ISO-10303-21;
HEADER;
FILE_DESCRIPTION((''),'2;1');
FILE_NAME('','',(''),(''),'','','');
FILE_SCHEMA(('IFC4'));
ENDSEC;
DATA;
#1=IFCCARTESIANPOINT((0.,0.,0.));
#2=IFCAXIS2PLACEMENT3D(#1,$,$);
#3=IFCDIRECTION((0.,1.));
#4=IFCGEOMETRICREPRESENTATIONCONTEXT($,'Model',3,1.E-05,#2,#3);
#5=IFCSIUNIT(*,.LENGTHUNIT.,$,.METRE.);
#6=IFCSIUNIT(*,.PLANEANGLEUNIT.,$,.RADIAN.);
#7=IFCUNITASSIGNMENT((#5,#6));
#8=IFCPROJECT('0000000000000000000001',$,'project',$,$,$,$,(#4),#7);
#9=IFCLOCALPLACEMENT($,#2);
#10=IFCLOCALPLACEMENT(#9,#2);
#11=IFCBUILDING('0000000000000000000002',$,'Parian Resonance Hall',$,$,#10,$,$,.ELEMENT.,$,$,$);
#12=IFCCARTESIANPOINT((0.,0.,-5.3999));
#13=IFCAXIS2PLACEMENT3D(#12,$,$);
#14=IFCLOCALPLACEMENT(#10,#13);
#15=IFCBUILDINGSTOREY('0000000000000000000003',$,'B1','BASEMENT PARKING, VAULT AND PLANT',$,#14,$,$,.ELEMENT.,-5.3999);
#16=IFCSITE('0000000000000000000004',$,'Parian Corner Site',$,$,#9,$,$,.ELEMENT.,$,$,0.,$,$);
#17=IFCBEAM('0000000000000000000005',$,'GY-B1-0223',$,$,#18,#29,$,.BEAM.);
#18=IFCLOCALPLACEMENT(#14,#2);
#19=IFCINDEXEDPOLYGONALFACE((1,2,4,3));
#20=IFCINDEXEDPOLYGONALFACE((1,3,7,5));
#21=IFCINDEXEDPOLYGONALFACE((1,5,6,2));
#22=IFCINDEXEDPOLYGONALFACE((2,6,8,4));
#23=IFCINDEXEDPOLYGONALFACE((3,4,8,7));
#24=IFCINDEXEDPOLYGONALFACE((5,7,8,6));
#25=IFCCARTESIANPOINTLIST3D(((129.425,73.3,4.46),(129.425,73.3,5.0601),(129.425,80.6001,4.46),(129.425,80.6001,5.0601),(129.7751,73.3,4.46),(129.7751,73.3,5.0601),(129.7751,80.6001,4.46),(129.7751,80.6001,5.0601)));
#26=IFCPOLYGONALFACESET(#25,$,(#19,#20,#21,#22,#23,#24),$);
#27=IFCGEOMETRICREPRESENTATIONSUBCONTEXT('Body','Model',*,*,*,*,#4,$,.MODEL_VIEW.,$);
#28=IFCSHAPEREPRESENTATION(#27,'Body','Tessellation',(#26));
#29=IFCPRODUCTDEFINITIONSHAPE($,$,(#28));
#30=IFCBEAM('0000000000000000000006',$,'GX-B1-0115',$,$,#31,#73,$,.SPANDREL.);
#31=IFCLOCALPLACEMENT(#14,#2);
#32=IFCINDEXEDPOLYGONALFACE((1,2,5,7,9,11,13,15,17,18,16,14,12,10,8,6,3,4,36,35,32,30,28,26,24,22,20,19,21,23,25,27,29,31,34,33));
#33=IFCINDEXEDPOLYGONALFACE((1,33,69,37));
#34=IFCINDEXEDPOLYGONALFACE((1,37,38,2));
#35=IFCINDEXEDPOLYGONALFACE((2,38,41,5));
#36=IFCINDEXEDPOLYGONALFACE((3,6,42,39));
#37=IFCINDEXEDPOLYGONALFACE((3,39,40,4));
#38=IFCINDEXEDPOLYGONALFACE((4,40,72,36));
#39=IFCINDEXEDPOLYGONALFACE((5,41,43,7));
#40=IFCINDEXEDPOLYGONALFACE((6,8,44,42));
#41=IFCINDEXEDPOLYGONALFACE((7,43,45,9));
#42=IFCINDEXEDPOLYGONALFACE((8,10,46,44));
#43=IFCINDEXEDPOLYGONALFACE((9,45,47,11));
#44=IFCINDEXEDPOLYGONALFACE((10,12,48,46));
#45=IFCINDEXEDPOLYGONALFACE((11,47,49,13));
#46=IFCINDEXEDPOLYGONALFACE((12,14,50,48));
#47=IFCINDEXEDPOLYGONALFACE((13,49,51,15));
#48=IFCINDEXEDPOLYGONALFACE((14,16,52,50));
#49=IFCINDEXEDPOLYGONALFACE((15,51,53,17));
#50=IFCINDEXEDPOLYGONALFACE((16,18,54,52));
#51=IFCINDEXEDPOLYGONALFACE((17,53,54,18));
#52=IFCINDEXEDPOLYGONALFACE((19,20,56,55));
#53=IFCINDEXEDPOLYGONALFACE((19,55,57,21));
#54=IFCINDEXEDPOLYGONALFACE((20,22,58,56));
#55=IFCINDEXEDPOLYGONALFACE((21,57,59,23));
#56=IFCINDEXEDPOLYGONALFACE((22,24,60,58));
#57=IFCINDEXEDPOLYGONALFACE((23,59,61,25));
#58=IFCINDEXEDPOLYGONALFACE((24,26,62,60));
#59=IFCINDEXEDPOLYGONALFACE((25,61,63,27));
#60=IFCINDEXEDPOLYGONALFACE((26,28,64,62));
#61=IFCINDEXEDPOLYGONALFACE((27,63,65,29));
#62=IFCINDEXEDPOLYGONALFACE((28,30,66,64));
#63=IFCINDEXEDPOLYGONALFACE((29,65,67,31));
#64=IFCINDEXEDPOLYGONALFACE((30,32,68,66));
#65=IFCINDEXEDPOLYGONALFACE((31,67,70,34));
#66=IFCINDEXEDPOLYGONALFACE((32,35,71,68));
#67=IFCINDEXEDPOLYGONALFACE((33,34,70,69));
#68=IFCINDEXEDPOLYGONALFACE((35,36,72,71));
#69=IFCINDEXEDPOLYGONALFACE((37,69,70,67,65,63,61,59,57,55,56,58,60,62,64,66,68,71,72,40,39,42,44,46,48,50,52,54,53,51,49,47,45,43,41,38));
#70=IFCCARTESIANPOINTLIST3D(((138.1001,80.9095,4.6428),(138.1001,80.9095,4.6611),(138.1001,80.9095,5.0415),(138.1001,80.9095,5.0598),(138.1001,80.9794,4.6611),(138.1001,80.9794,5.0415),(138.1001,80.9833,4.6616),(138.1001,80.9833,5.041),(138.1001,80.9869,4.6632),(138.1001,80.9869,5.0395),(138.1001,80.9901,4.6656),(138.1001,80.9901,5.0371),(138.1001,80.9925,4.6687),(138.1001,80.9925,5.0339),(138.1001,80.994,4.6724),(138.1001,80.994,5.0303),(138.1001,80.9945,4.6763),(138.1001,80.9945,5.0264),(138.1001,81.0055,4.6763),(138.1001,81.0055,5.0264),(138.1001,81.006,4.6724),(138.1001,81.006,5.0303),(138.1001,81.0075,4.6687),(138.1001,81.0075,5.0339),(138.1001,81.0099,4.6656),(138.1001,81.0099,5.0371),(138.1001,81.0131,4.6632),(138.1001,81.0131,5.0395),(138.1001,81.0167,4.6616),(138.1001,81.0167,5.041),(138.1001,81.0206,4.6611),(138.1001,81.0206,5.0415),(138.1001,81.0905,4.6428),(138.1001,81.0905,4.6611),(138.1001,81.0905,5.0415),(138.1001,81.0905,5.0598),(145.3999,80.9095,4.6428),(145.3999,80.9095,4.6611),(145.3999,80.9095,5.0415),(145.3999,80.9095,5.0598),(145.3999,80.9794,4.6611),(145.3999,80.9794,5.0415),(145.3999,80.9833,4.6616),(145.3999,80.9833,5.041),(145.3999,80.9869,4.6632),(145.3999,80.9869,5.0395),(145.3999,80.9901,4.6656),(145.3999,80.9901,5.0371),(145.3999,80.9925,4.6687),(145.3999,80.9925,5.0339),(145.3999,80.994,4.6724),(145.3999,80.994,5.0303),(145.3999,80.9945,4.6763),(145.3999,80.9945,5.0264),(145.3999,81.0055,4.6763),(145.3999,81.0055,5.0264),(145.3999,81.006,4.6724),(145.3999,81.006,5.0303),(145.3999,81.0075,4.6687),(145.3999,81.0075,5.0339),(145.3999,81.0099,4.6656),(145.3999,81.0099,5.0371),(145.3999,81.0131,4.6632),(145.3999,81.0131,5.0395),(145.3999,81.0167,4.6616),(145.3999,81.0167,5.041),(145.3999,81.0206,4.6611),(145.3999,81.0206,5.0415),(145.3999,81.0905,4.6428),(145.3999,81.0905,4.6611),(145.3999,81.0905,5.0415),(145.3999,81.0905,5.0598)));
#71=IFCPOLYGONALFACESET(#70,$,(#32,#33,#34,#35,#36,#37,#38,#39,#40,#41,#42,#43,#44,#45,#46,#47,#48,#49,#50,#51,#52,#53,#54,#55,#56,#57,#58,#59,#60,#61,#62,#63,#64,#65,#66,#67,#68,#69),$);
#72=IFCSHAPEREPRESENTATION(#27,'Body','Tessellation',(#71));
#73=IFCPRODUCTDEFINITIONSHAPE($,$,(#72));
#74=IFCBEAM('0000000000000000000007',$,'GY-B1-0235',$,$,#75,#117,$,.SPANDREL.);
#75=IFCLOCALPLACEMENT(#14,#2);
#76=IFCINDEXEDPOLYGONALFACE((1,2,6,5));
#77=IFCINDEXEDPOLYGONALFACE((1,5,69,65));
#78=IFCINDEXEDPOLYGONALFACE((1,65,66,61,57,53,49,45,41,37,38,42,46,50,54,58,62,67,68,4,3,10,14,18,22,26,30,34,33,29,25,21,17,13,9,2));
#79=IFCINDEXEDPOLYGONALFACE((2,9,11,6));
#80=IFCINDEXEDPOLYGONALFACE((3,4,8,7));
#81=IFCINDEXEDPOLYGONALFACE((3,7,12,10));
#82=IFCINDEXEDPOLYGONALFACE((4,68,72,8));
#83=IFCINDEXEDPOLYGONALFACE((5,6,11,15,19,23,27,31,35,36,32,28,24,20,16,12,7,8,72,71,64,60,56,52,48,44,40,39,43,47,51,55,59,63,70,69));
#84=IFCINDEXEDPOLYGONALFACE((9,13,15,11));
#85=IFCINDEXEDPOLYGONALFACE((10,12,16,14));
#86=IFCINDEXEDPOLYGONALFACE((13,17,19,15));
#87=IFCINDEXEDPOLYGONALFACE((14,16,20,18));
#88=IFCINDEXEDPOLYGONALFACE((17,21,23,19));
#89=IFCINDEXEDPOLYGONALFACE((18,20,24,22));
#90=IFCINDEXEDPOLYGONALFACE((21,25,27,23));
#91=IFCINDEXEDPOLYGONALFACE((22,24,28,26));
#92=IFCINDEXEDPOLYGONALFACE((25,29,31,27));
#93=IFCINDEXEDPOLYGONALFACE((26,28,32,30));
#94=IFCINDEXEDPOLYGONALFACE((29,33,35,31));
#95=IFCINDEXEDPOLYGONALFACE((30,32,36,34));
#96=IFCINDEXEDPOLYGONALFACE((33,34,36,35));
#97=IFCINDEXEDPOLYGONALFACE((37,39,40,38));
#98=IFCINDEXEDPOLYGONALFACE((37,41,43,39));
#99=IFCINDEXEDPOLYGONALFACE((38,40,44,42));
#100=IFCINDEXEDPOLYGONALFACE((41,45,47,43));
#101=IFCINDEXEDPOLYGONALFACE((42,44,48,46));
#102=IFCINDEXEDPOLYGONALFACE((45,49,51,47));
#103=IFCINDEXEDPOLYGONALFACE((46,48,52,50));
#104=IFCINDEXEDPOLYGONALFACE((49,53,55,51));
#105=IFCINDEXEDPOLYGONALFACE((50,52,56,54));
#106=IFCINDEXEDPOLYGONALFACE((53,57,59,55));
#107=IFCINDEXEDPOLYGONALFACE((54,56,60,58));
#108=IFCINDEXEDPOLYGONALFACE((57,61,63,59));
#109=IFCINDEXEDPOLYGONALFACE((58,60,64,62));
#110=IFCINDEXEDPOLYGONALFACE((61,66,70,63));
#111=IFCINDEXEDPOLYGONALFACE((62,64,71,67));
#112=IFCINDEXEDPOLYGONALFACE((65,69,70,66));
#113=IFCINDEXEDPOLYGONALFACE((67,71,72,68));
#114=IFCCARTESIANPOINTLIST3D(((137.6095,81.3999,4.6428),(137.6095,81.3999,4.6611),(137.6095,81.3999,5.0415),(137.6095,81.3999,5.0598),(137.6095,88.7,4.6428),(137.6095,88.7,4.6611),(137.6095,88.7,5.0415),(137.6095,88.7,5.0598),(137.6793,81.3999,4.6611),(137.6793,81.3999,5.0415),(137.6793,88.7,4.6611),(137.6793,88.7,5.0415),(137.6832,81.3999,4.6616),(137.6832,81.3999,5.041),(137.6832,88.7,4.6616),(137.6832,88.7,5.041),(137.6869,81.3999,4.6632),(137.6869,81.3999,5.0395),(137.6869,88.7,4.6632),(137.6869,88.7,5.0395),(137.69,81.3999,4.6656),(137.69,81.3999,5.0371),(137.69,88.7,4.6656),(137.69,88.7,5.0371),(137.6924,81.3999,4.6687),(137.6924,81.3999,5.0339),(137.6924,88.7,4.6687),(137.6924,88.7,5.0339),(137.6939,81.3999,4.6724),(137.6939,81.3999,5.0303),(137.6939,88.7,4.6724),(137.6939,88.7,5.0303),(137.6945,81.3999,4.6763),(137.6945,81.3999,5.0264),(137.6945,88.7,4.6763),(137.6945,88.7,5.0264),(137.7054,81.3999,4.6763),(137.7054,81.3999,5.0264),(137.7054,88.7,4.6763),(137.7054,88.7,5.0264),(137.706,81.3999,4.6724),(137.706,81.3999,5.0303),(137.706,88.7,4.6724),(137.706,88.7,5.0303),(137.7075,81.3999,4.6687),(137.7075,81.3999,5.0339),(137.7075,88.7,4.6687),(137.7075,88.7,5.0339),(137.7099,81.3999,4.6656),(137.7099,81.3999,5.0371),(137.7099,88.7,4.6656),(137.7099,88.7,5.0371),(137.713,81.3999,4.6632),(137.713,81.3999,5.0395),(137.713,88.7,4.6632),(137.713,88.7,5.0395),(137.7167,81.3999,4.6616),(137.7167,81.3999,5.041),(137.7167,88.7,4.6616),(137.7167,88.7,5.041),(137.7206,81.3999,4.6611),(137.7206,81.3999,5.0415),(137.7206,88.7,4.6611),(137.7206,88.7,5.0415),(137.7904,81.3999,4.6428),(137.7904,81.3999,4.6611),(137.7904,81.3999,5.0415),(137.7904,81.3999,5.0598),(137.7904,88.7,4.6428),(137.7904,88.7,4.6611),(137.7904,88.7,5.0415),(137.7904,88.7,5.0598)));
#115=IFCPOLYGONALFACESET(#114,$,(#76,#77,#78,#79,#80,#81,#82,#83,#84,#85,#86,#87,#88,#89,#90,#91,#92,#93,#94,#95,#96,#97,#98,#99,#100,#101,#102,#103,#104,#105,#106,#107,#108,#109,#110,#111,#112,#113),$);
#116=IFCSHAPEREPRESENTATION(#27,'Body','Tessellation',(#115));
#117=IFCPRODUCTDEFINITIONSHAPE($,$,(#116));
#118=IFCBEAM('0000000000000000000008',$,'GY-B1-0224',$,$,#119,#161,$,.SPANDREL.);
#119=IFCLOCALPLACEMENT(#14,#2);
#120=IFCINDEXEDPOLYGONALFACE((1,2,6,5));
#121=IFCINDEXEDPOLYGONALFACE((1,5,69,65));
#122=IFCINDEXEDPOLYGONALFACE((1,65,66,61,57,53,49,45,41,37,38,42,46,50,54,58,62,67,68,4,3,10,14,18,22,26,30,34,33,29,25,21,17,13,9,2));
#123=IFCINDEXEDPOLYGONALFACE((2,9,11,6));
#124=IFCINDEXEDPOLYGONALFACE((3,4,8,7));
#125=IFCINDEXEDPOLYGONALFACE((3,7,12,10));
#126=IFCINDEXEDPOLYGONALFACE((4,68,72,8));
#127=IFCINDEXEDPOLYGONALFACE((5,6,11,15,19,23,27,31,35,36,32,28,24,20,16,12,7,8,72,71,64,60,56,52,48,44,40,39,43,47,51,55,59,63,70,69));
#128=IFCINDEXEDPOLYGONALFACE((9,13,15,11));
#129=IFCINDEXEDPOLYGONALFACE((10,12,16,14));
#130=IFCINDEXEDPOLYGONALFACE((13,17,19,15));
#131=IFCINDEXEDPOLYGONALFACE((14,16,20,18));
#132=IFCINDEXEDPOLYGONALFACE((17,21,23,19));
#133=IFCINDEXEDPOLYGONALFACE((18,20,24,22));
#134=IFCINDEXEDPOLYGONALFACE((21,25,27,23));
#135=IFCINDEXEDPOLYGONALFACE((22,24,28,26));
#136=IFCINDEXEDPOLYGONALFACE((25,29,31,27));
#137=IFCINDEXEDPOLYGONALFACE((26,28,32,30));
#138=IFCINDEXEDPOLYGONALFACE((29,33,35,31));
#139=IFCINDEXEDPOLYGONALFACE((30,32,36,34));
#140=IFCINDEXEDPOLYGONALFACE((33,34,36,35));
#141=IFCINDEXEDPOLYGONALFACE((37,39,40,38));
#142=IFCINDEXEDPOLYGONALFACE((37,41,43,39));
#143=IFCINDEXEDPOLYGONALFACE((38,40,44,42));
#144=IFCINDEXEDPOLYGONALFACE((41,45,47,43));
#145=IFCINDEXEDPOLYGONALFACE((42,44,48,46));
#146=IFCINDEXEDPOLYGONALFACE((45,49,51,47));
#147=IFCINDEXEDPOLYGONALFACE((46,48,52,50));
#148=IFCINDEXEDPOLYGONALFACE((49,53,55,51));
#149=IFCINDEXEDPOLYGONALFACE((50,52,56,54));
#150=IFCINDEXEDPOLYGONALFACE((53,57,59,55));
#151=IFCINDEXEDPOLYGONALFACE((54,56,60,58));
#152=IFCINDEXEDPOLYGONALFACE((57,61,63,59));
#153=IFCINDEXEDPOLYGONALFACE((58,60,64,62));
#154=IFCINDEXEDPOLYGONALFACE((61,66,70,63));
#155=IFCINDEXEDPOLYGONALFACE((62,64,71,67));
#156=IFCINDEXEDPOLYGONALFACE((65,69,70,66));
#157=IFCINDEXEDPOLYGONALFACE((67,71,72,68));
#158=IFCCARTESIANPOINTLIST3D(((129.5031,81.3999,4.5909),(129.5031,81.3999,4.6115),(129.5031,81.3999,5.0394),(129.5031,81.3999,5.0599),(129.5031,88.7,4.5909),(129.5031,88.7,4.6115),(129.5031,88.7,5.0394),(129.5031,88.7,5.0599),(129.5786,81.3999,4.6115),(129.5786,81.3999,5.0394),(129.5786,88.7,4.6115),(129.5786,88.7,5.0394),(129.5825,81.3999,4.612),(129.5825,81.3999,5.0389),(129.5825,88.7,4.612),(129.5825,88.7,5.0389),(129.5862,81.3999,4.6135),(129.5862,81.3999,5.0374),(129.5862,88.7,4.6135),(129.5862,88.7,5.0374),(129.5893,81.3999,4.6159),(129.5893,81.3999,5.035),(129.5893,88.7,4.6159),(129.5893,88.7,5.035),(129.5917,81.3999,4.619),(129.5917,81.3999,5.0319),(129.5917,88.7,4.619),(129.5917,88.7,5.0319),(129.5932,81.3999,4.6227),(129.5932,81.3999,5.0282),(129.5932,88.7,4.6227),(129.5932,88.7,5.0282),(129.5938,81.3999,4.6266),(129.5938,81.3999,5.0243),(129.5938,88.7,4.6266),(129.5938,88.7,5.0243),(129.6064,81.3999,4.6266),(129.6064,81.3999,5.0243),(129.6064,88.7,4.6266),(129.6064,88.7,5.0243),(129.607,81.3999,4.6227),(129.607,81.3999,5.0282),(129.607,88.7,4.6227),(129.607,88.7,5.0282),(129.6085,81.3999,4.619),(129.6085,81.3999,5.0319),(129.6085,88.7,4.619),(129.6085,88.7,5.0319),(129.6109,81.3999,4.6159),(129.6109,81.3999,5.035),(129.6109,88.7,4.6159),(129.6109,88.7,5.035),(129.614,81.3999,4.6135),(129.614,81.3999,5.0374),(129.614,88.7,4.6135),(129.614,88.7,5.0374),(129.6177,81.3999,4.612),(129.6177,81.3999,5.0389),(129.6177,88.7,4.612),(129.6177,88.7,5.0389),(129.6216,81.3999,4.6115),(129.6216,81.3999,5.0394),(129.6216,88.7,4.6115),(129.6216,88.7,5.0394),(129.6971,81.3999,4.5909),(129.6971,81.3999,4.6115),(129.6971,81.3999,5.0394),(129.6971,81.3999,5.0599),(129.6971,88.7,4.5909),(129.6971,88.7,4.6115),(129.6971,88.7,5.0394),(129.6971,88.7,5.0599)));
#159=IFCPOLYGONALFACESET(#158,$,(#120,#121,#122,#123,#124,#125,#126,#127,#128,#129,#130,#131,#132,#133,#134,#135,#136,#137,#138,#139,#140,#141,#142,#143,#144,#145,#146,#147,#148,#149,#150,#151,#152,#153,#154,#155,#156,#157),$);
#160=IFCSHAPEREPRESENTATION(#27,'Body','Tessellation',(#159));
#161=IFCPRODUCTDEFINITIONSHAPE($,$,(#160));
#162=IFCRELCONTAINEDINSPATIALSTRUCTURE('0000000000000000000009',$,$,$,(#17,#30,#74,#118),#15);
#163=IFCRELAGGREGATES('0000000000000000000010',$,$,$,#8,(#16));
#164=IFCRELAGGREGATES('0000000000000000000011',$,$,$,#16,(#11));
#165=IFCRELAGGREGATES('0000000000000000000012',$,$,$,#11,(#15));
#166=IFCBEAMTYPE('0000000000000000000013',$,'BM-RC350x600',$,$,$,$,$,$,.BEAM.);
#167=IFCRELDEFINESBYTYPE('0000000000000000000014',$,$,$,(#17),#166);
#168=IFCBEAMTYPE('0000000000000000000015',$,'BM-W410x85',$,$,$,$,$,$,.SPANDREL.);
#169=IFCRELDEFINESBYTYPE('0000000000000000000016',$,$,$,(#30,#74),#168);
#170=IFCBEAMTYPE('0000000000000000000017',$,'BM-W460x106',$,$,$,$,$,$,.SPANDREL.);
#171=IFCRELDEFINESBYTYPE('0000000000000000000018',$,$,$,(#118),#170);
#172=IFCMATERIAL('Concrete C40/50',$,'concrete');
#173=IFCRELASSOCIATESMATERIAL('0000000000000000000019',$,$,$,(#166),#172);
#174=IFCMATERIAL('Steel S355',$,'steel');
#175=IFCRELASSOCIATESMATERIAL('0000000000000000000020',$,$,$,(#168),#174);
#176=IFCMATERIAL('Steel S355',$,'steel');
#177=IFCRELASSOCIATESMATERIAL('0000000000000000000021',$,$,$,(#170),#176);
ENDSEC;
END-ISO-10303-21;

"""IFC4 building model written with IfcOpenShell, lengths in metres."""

from ifc_helpers import new_model, si_unit, direction, frame, origin, origin_2d, place, context, subcontext, project, spatial, rectangle, i_section, extrude, material, material_profile, profile_set, type_object, element, save


model = new_model("IFC4")

# Units and contexts
model_context = context("Model", 3, precision=1e-05, world=origin(), true_north=direction((0.0, 1.0)))
body_context = subcontext(model_context, "Body", "Model", "MODEL_VIEW")
ifc_project = project(units=[si_unit("LENGTHUNIT", "METRE"), si_unit("PLANEANGLEUNIT", "RADIAN")], contexts=[model_context])

# Site, building, storey
site_placement = place(None, origin())
site = spatial("IfcSite", under=ifc_project, at=site_placement, Name="Parian Corner Site", CompositionType="ELEMENT", RefElevation=0.0)
building_placement = place(site_placement, origin())
building = spatial("IfcBuilding", under=site, at=building_placement, Name="Parian Resonance Hall", CompositionType="ELEMENT")
storey_placement = place(building_placement, frame((0.0, 0.0, -5.3999)))
storey = spatial("IfcBuildingStorey", under=building, at=storey_placement, Name="B1", Description="BASEMENT PARKING, VAULT AND PLANT", CompositionType="ELEMENT", Elevation=-5.3999)

# Beams
ifc_material_1 = material(Name="Concrete C40/50", Category="concrete")
ifc_material_profile_1 = material_profile(ifc_material_1, rectangle(XDim=0.3501, YDim=0.6001, at=origin_2d()), Name="RC-BM-350x600")
ifc_profile_set_1 = profile_set([ifc_material_profile_1], Name="Concrete C40/50")
beam_type_1 = type_object("IfcBeamType", Name="BM-RC350x600", PredefinedType="BEAM", material=ifc_profile_set_1)
beam_1_placement = place(storey_placement, frame((129.6001, 73.3, 4.76), z_axis=(0.0, 1.0, 0.0), x_axis=(-1.0, 0.0, 0.0)))
element("IfcBeam", 1, at=beam_1_placement, inside=storey, type_object=beam_type_1, Name="GY-B1-0223", PredefinedType="BEAM", context=body_context, shape_type="SweptSolid", body=[
    extrude(rectangle(XDim=0.3501, YDim=0.6001, at=origin_2d()), origin(), (0.0, 0.0, 1.0), 7.3),
])
ifc_material_2 = material(Name="Steel S355", Category="steel")
ifc_material_profile_2 = material_profile(ifc_material_2, i_section(OverallWidth=0.1809, OverallDepth=0.417, WebThickness=0.011, FlangeThickness=0.0183, FilletRadius=0.0151, at=origin_2d()), Name="W410x85")
ifc_profile_set_2 = profile_set([ifc_material_profile_2], Name="Steel S355")
beam_type_2 = type_object("IfcBeamType", Name="BM-W410x85", PredefinedType="SPANDREL", material=ifc_profile_set_2)
beam_2_placement = place(storey_placement, frame((138.1001, 81.0, 4.8513), z_axis=(1.0, 0.0, 0.0), x_axis=(0.0, 1.0, 0.0)))
element("IfcBeam", 2, at=beam_2_placement, inside=storey, type_object=beam_type_2, Name="GX-B1-0115", PredefinedType="SPANDREL", context=body_context, shape_type="SweptSolid", body=[
    extrude(i_section(OverallWidth=0.1809, OverallDepth=0.417, WebThickness=0.011, FlangeThickness=0.0183, FilletRadius=0.0151, at=origin_2d()), origin(), (0.0, 0.0, 1.0), 7.2998),
])
beam_3_placement = place(storey_placement, frame((137.7, 81.3999, 4.8513), z_axis=(0.0, 1.0, 0.0), x_axis=(-1.0, 0.0, 0.0)))
element("IfcBeam", 3, at=beam_3_placement, inside=storey, type_object=beam_type_2, Name="GY-B1-0235", PredefinedType="SPANDREL", context=body_context, shape_type="SweptSolid", body=[
    extrude(i_section(OverallWidth=0.1809, OverallDepth=0.417, WebThickness=0.011, FlangeThickness=0.0183, FilletRadius=0.0151, at=origin_2d()), origin(), (0.0, 0.0, 1.0), 7.3),
])
ifc_material_3 = material(Name="Steel S355", Category="steel")
ifc_material_profile_3 = material_profile(ifc_material_3, i_section(OverallWidth=0.1941, OverallDepth=0.469, WebThickness=0.0127, FlangeThickness=0.0205, FilletRadius=0.0151, at=origin_2d()), Name="W460x106")
ifc_profile_set_3 = profile_set([ifc_material_profile_3], Name="Steel S355")
beam_type_3 = type_object("IfcBeamType", Name="BM-W460x106", PredefinedType="SPANDREL", material=ifc_profile_set_3)
for number, where, z_axis, x_axis, name in (
    (4, (129.6001, 81.3999, 4.8254), (0.0, 1.0, 0.0), (-1.0, 0.0, 0.0), "GY-B1-0224"),
):
    element("IfcBeam", number, at=place(storey_placement, frame(where, z_axis=z_axis, x_axis=x_axis)), inside=storey, type_object=beam_type_3, Name=name, PredefinedType="SPANDREL", context=body_context, shape_type="SweptSolid", body=[
        extrude(i_section(OverallWidth=0.1941, OverallDepth=0.469, WebThickness=0.0127, FlangeThickness=0.0205, FilletRadius=0.0151, at=origin_2d()), origin(), (0.0, 0.0, 1.0), 7.3),
    ])

save(model, "model.ifc")
